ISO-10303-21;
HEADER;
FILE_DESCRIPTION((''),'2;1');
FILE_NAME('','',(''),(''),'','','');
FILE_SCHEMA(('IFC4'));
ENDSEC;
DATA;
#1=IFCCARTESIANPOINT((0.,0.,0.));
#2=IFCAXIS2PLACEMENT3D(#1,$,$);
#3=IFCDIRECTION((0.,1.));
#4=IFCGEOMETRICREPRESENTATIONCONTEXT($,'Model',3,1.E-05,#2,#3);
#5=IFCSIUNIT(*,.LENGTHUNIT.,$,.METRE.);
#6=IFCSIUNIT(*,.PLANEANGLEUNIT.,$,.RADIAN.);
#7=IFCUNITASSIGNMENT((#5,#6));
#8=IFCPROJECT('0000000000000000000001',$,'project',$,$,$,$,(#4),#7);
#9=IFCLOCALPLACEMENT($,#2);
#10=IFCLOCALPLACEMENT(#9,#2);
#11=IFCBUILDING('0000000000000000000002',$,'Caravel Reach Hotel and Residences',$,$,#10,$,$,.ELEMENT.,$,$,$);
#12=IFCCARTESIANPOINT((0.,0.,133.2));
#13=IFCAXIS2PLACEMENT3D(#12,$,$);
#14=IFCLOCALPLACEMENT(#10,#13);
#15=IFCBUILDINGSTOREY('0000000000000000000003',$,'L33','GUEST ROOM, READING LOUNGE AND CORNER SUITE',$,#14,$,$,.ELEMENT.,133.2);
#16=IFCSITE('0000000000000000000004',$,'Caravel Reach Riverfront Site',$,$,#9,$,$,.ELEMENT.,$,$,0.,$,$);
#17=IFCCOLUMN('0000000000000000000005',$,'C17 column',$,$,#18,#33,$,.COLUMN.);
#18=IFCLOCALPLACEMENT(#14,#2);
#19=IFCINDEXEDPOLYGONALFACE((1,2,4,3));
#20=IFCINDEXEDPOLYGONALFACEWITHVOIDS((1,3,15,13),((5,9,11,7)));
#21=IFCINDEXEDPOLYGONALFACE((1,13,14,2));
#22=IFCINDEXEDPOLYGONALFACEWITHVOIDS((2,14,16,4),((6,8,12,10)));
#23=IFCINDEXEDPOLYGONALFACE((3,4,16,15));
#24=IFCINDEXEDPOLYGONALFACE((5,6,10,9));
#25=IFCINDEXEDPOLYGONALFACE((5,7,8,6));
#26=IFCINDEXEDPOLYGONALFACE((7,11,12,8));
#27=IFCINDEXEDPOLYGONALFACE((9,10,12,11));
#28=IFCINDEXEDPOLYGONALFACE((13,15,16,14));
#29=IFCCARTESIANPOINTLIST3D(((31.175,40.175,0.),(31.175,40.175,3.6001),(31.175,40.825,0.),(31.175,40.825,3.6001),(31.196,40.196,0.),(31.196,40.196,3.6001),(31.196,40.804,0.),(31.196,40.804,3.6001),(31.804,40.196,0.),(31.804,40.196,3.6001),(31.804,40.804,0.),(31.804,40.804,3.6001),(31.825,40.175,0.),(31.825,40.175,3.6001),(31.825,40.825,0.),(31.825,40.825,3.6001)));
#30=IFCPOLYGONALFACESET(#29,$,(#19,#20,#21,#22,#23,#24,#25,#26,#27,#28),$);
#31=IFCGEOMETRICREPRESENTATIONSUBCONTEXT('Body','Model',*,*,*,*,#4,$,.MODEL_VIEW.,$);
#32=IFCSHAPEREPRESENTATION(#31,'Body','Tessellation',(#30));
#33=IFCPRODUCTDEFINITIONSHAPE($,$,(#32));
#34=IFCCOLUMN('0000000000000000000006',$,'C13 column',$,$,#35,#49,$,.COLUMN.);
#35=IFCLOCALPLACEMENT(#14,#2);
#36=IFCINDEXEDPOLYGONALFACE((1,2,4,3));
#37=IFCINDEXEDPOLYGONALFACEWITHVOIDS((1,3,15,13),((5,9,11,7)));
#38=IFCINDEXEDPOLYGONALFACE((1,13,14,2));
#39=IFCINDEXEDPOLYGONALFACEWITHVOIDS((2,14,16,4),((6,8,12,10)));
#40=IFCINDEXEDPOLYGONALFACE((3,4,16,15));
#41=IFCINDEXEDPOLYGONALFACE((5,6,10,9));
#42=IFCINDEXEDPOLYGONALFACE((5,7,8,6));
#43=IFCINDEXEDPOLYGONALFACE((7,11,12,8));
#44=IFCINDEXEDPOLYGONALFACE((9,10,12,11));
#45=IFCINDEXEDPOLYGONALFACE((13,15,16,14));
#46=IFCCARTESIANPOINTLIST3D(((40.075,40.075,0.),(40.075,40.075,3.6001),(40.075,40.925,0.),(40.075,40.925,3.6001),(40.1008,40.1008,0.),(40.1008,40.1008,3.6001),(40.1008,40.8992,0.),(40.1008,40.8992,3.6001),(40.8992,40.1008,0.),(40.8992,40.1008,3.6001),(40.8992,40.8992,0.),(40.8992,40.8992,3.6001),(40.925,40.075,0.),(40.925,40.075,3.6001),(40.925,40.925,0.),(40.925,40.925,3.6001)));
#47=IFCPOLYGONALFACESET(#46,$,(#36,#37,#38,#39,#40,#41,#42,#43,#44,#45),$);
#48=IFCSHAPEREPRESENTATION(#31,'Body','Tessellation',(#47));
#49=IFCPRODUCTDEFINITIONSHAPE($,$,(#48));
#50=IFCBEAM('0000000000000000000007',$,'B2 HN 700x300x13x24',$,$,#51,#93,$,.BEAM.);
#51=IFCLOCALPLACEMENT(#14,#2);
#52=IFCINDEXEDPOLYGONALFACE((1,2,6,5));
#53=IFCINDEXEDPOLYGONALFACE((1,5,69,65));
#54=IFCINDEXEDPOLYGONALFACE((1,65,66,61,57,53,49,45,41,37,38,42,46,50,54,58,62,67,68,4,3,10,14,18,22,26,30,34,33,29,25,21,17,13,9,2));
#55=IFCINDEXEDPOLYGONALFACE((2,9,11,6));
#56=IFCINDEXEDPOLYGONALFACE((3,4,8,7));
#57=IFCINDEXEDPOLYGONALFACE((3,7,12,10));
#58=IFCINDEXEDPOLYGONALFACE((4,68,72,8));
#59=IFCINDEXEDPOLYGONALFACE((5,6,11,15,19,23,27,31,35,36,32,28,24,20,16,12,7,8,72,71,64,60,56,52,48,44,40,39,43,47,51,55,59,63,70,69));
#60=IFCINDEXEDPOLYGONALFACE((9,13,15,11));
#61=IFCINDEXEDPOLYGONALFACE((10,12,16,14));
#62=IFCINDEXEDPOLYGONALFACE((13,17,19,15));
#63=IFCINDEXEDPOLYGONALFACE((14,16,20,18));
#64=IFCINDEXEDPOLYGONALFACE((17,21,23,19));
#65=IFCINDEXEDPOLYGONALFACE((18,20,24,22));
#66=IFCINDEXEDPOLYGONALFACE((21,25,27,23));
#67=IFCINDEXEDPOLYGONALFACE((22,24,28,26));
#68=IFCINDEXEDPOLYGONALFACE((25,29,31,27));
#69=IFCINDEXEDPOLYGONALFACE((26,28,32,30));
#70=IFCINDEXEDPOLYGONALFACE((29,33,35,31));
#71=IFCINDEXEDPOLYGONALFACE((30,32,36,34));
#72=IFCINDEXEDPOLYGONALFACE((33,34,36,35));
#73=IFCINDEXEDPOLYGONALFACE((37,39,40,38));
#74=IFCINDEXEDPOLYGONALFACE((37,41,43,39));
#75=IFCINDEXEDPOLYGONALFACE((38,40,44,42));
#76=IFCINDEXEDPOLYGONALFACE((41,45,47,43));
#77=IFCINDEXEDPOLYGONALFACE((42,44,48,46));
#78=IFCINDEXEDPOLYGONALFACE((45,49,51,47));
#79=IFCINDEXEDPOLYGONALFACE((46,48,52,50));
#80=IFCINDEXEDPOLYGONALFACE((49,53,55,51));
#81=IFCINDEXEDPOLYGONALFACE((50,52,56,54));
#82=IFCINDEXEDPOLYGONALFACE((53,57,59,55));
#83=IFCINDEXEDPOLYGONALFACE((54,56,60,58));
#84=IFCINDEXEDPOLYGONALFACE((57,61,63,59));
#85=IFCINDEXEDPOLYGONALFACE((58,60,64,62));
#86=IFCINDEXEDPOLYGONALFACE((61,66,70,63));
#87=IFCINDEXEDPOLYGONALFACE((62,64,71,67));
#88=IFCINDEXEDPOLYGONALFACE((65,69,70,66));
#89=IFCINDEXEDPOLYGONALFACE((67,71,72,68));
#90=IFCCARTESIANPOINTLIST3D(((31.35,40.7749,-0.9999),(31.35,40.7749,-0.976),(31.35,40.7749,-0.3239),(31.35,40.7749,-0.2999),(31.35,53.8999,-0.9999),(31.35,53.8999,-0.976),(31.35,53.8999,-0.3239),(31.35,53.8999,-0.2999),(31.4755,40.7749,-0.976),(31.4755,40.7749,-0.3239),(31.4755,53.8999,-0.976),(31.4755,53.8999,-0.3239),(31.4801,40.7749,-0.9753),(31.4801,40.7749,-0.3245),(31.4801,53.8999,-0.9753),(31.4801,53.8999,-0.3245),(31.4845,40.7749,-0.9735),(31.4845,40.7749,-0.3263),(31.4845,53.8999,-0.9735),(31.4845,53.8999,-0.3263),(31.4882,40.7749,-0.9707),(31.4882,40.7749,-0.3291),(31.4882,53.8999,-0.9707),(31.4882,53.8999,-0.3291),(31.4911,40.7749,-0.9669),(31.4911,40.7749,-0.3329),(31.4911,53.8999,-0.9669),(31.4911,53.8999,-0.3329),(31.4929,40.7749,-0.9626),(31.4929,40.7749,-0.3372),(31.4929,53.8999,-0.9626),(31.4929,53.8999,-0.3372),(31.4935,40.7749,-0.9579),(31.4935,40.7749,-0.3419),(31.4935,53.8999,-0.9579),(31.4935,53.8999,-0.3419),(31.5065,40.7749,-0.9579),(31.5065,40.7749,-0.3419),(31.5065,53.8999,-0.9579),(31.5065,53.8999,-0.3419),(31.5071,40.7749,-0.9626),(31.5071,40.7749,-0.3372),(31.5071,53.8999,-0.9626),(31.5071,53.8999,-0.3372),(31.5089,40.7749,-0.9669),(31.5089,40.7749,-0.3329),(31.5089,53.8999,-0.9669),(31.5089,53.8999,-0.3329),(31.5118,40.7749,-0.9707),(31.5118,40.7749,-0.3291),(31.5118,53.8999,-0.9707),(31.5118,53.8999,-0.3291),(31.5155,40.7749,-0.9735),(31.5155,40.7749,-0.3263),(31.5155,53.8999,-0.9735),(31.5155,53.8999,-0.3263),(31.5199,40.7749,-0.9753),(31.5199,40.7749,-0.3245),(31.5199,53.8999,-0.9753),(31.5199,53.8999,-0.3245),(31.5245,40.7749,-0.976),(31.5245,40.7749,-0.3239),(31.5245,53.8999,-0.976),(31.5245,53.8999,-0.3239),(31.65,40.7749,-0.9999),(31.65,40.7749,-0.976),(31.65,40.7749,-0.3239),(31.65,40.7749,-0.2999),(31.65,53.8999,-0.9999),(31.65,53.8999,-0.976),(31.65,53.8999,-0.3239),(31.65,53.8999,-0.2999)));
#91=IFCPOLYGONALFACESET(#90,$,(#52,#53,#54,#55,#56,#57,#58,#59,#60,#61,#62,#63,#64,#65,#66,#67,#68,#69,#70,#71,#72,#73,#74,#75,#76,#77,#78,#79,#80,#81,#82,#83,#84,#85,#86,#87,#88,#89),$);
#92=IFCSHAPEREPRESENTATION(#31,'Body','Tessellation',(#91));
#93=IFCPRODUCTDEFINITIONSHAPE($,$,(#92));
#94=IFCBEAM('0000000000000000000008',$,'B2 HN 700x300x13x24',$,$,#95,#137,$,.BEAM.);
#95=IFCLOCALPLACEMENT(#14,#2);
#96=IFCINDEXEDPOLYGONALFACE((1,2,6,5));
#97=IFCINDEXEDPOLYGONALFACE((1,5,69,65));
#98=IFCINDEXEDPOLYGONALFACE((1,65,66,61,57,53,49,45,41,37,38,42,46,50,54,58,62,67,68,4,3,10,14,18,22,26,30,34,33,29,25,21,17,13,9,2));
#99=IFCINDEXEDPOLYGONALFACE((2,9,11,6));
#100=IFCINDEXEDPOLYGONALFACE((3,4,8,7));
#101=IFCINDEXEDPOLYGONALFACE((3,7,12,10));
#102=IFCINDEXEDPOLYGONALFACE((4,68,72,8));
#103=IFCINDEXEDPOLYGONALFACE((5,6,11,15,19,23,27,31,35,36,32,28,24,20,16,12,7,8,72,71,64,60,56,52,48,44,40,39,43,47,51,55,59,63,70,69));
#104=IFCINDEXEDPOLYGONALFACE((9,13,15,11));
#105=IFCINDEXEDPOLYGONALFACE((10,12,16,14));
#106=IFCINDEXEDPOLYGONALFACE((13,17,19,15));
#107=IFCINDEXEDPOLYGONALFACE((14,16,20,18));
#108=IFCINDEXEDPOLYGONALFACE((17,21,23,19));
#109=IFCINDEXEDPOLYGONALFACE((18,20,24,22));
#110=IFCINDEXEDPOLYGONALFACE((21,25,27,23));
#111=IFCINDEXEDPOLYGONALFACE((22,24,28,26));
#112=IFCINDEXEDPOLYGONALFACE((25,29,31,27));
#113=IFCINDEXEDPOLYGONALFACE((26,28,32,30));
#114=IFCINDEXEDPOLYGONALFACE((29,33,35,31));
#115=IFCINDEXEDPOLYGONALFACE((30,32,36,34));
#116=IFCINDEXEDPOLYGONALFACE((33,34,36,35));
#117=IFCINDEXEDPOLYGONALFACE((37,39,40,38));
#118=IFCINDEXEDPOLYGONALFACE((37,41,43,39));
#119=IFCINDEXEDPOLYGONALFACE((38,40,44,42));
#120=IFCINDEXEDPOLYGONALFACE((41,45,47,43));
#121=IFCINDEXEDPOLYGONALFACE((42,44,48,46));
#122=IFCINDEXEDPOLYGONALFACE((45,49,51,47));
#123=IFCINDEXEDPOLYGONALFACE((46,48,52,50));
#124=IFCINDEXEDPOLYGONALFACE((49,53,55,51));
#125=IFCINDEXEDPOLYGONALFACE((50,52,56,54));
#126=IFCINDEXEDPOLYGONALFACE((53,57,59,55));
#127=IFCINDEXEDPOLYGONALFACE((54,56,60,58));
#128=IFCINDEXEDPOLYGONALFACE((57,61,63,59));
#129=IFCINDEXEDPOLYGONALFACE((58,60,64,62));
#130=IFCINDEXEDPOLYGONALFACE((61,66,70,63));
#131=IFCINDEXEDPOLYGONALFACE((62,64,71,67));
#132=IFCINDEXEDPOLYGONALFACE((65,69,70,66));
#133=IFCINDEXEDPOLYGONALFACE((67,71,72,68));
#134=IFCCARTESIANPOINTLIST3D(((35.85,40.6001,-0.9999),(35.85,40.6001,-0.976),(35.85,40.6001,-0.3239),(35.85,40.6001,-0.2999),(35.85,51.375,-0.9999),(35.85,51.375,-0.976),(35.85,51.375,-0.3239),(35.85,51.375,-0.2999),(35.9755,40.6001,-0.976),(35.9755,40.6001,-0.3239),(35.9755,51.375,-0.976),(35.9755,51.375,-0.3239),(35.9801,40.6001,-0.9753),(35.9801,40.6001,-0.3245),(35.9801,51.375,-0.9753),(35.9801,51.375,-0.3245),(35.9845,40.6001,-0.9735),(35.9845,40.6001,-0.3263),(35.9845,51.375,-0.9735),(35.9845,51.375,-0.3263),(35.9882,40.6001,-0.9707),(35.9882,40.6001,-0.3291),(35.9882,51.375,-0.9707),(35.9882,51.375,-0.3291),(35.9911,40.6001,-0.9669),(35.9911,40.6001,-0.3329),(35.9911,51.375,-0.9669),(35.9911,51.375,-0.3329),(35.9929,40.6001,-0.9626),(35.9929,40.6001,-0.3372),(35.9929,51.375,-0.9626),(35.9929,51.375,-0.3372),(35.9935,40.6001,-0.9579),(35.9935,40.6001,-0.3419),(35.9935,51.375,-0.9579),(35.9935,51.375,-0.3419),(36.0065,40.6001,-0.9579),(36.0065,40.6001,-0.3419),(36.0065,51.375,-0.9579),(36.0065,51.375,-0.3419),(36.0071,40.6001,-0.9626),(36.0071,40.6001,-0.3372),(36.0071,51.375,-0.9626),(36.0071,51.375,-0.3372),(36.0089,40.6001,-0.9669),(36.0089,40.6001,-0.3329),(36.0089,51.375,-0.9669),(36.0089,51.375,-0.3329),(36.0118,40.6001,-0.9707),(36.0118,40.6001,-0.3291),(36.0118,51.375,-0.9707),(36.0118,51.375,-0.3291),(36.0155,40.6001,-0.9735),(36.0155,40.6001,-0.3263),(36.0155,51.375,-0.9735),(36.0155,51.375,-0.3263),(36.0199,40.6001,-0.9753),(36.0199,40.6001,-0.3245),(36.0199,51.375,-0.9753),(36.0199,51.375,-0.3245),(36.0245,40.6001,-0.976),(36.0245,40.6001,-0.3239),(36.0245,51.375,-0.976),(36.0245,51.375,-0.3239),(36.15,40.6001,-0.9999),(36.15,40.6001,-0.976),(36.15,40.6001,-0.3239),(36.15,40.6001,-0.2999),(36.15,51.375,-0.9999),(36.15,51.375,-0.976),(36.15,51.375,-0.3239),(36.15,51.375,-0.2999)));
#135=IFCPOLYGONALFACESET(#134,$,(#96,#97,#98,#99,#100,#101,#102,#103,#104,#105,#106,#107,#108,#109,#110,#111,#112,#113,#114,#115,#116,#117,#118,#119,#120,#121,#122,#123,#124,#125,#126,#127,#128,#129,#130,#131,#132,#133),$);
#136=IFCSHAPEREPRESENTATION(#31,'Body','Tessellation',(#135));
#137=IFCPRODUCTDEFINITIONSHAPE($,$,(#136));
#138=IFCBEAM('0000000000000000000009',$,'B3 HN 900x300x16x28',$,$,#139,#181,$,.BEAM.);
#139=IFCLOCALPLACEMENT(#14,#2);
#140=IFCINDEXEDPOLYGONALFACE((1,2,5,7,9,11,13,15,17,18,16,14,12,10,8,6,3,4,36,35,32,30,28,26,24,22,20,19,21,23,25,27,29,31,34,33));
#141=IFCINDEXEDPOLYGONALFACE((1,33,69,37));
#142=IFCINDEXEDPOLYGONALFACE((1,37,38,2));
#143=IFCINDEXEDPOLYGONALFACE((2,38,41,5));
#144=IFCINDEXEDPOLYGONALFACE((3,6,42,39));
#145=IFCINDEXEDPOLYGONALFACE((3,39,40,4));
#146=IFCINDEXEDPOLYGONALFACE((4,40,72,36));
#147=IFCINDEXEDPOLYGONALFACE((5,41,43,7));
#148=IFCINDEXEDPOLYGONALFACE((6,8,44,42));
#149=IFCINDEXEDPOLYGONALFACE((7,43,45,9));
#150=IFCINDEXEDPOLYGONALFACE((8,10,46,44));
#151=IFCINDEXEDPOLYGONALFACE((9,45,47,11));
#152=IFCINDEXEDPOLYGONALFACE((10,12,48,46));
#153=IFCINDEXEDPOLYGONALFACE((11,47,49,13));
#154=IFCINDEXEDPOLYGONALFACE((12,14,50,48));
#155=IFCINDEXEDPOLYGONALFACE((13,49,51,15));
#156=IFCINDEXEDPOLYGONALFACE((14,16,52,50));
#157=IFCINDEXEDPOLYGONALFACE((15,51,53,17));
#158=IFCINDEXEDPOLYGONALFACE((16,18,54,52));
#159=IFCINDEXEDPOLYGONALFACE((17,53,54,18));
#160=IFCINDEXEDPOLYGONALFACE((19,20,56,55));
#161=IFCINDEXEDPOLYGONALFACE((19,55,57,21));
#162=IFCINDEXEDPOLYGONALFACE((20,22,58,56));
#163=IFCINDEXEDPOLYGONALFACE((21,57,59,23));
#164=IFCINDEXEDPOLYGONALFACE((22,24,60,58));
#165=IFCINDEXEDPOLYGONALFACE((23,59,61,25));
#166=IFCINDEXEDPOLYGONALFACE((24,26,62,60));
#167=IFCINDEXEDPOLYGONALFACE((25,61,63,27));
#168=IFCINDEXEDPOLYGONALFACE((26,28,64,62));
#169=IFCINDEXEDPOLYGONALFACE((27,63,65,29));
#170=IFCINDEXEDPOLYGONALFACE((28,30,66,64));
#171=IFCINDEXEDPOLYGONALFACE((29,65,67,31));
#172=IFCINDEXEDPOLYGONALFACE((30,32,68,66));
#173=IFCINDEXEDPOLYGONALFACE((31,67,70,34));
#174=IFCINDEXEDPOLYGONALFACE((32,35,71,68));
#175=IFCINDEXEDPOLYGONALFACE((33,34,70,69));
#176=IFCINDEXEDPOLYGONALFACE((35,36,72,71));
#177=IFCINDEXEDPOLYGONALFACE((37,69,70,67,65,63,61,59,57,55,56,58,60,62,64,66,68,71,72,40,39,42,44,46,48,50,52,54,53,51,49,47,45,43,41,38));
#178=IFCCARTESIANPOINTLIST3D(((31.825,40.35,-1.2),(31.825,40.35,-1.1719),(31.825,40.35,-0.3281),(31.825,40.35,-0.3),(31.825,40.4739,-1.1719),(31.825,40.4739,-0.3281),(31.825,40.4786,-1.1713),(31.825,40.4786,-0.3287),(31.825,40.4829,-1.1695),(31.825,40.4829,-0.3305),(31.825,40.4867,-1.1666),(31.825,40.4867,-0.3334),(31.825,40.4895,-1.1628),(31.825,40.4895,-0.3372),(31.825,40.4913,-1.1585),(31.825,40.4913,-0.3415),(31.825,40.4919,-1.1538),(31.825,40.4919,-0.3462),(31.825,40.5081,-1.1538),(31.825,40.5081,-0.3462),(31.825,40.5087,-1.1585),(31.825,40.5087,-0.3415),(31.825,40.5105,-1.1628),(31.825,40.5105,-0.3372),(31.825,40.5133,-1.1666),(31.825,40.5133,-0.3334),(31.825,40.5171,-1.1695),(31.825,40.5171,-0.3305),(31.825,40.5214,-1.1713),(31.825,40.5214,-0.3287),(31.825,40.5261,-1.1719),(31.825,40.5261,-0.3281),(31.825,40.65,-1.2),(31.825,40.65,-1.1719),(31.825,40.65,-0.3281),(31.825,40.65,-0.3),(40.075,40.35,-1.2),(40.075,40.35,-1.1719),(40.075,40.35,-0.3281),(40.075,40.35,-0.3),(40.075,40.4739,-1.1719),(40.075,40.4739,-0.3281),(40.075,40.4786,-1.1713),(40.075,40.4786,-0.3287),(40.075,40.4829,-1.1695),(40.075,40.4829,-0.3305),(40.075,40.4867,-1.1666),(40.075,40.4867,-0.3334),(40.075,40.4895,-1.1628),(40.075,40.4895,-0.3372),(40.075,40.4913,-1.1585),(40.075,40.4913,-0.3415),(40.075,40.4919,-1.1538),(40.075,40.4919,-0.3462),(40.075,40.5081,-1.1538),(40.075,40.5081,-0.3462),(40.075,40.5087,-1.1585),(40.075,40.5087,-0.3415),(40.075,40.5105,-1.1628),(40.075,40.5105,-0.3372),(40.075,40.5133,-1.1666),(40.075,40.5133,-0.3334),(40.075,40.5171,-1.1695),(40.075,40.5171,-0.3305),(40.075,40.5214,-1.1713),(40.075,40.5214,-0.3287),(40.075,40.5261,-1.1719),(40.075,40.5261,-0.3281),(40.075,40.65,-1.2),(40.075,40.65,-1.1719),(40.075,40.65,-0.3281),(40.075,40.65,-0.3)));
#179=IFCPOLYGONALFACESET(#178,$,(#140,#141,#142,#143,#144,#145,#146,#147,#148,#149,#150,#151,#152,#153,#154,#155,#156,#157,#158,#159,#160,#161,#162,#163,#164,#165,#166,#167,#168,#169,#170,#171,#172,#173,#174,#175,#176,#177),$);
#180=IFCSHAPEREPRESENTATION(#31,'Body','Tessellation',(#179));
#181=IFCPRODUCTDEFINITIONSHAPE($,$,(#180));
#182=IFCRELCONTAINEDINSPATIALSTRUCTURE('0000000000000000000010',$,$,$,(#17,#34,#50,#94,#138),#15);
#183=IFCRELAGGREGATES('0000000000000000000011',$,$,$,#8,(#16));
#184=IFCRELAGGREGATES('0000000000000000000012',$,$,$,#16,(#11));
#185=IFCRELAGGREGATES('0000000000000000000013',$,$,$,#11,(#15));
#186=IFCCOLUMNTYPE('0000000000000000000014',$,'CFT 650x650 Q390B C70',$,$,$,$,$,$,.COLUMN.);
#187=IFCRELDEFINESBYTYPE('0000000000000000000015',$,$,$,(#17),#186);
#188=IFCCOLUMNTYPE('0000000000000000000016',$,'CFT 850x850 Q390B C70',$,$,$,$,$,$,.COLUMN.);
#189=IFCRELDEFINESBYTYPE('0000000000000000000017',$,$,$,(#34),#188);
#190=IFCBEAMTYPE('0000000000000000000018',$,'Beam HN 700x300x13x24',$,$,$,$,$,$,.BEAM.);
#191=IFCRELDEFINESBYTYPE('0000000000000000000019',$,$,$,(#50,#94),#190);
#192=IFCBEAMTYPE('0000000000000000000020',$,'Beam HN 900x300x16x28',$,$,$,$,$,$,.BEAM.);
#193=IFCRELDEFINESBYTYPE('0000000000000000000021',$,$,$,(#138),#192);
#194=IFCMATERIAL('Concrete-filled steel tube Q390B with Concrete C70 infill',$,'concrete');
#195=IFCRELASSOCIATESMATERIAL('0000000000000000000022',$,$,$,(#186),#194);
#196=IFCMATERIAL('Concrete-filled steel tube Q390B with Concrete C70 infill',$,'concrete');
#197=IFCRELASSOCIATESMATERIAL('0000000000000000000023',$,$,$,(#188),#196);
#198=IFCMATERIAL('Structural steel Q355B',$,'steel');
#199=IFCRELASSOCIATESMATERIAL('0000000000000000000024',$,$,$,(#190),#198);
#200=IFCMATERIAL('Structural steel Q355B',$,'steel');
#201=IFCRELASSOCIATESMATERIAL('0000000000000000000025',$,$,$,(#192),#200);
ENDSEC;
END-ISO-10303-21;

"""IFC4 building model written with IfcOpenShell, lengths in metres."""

from ifc_helpers import new_model, si_unit, direction, frame, origin, origin_2d, place, context, subcontext, project, spatial, hollow_rectangle, i_section, extrude, material, material_profile, profile_set, type_object, element, save


model = new_model("IFC4")

# Units and contexts
model_context = context("Model", 3, precision=1e-05, world=origin(), true_north=direction((0.0, 1.0)))
body_context = subcontext(model_context, "Body", "Model", "MODEL_VIEW")
ifc_project = project(units=[si_unit("LENGTHUNIT", "METRE"), si_unit("PLANEANGLEUNIT", "RADIAN")], contexts=[model_context])

# Site, building, storey
site_placement = place(None, origin())
site = spatial("IfcSite", under=ifc_project, at=site_placement, Name="Caravel Reach Riverfront Site", CompositionType="ELEMENT", RefElevation=0.0)
building_placement = place(site_placement, origin())
building = spatial("IfcBuilding", under=site, at=building_placement, Name="Caravel Reach Hotel and Residences", CompositionType="ELEMENT")
storey_placement = place(building_placement, frame((0.0, 0.0, 133.2)))
storey = spatial("IfcBuildingStorey", under=building, at=storey_placement, Name="L33", Description="GUEST ROOM, READING LOUNGE AND CORNER SUITE", CompositionType="ELEMENT", Elevation=133.2)

# Columns
ifc_material_1 = material(Name="Concrete-filled steel tube Q390B with Concrete C70 infill", Category="concrete")
ifc_material_profile_1 = material_profile(ifc_material_1, hollow_rectangle(XDim=0.6499, YDim=0.6499, WallThickness=0.021, at=origin_2d()), Name="RHS 650x650x21")
ifc_profile_set_1 = profile_set([ifc_material_profile_1], Name="Concrete-filled steel tube Q390B with Concrete C70 infill")
column_type_1 = type_object("IfcColumnType", Name="CFT 650x650 Q390B C70", PredefinedType="COLUMN", material=ifc_profile_set_1)
column_1_placement = place(storey_placement, frame((31.5, 40.5, 0.0), z_axis=(0.0, 0.0, 1.0), x_axis=(1.0, 0.0, 0.0)))
element("IfcColumn", 1, at=column_1_placement, inside=storey, type_object=column_type_1, Name="C17 column", PredefinedType="COLUMN", context=body_context, shape_type="SweptSolid", body=[
    extrude(hollow_rectangle(XDim=0.6499, YDim=0.6499, WallThickness=0.021, at=origin_2d()), origin(), (0.0, 0.0, 1.0), 3.6001),
])
ifc_material_2 = material(Name="Concrete-filled steel tube Q390B with Concrete C70 infill", Category="concrete")
ifc_material_profile_2 = material_profile(ifc_material_2, hollow_rectangle(XDim=0.8501, YDim=0.8501, WallThickness=0.0259, at=origin_2d()), Name="RHS 850x850x26")
ifc_profile_set_2 = profile_set([ifc_material_profile_2], Name="Concrete-filled steel tube Q390B with Concrete C70 infill")
column_type_2 = type_object("IfcColumnType", Name="CFT 850x850 Q390B C70", PredefinedType="COLUMN", material=ifc_profile_set_2)
column_2_placement = place(storey_placement, frame((40.5, 40.5, 0.0), z_axis=(0.0, 0.0, 1.0), x_axis=(1.0, 0.0, 0.0)))
element("IfcColumn", 2, at=column_2_placement, inside=storey, type_object=column_type_2, Name="C13 column", PredefinedType="COLUMN", context=body_context, shape_type="SweptSolid", body=[
    extrude(hollow_rectangle(XDim=0.8501, YDim=0.8501, WallThickness=0.0259, at=origin_2d()), origin(), (0.0, 0.0, 1.0), 3.6001),
])

# Beams
ifc_material_3 = material(Name="Structural steel Q355B", Category="steel")
ifc_material_profile_3 = material_profile(ifc_material_3, i_section(OverallWidth=0.3, OverallDepth=0.7, WebThickness=0.0129, FlangeThickness=0.0239, FilletRadius=0.0181, at=origin_2d()), Name="HN 700x300x13x24")
ifc_profile_set_3 = profile_set([ifc_material_profile_3], Name="Structural steel Q355B")
beam_type_1 = type_object("IfcBeamType", Name="Beam HN 700x300x13x24", PredefinedType="BEAM", material=ifc_profile_set_3)
beam_1_placement = place(storey_placement, frame((31.5, 40.7749, -0.6499), z_axis=(0.0, 1.0, 0.0), x_axis=(-1.0, 0.0, 0.0)))
element("IfcBeam", 3, at=beam_1_placement, inside=storey, type_object=beam_type_1, Name="B2 HN 700x300x13x24", PredefinedType="BEAM", context=body_context, shape_type="SweptSolid", body=[
    extrude(i_section(OverallWidth=0.3, OverallDepth=0.7, WebThickness=0.0129, FlangeThickness=0.0239, FilletRadius=0.0181, at=origin_2d()), origin(), (0.0, 0.0, 1.0), 13.125),
])
beam_2_placement = place(storey_placement, frame((36.0, 40.6001, -0.6499), z_axis=(0.0, 1.0, 0.0), x_axis=(-1.0, 0.0, 0.0)))
element("IfcBeam", 4, at=beam_2_placement, inside=storey, type_object=beam_type_1, Name="B2 HN 700x300x13x24", PredefinedType="BEAM", context=body_context, shape_type="SweptSolid", body=[
    extrude(i_section(OverallWidth=0.3, OverallDepth=0.7, WebThickness=0.0129, FlangeThickness=0.0239, FilletRadius=0.0181, at=origin_2d()), origin(), (0.0, 0.0, 1.0), 10.7749),
])
ifc_material_4 = material(Name="Structural steel Q355B", Category="steel")
ifc_material_profile_4 = material_profile(ifc_material_4, i_section(OverallWidth=0.3, OverallDepth=0.8999, WebThickness=0.0161, FlangeThickness=0.0281, FilletRadius=0.0181, at=origin_2d()), Name="HN 900x300x16x28")
ifc_profile_set_4 = profile_set([ifc_material_profile_4], Name="Structural steel Q355B")
beam_type_2 = type_object("IfcBeamType", Name="Beam HN 900x300x16x28", PredefinedType="BEAM", material=ifc_profile_set_4)
beam_3_placement = place(storey_placement, frame((31.825, 40.5, -0.75), z_axis=(1.0, 0.0, 0.0), x_axis=(0.0, 1.0, 0.0)))
element("IfcBeam", 5, at=beam_3_placement, inside=storey, type_object=beam_type_2, Name="B3 HN 900x300x16x28", PredefinedType="BEAM", context=body_context, shape_type="SweptSolid", body=[
    extrude(i_section(OverallWidth=0.3, OverallDepth=0.8999, WebThickness=0.0161, FlangeThickness=0.0281, FilletRadius=0.0181, at=origin_2d()), origin(), (0.0, 0.0, 1.0), 8.25),
])

save(model, "model.ifc")
